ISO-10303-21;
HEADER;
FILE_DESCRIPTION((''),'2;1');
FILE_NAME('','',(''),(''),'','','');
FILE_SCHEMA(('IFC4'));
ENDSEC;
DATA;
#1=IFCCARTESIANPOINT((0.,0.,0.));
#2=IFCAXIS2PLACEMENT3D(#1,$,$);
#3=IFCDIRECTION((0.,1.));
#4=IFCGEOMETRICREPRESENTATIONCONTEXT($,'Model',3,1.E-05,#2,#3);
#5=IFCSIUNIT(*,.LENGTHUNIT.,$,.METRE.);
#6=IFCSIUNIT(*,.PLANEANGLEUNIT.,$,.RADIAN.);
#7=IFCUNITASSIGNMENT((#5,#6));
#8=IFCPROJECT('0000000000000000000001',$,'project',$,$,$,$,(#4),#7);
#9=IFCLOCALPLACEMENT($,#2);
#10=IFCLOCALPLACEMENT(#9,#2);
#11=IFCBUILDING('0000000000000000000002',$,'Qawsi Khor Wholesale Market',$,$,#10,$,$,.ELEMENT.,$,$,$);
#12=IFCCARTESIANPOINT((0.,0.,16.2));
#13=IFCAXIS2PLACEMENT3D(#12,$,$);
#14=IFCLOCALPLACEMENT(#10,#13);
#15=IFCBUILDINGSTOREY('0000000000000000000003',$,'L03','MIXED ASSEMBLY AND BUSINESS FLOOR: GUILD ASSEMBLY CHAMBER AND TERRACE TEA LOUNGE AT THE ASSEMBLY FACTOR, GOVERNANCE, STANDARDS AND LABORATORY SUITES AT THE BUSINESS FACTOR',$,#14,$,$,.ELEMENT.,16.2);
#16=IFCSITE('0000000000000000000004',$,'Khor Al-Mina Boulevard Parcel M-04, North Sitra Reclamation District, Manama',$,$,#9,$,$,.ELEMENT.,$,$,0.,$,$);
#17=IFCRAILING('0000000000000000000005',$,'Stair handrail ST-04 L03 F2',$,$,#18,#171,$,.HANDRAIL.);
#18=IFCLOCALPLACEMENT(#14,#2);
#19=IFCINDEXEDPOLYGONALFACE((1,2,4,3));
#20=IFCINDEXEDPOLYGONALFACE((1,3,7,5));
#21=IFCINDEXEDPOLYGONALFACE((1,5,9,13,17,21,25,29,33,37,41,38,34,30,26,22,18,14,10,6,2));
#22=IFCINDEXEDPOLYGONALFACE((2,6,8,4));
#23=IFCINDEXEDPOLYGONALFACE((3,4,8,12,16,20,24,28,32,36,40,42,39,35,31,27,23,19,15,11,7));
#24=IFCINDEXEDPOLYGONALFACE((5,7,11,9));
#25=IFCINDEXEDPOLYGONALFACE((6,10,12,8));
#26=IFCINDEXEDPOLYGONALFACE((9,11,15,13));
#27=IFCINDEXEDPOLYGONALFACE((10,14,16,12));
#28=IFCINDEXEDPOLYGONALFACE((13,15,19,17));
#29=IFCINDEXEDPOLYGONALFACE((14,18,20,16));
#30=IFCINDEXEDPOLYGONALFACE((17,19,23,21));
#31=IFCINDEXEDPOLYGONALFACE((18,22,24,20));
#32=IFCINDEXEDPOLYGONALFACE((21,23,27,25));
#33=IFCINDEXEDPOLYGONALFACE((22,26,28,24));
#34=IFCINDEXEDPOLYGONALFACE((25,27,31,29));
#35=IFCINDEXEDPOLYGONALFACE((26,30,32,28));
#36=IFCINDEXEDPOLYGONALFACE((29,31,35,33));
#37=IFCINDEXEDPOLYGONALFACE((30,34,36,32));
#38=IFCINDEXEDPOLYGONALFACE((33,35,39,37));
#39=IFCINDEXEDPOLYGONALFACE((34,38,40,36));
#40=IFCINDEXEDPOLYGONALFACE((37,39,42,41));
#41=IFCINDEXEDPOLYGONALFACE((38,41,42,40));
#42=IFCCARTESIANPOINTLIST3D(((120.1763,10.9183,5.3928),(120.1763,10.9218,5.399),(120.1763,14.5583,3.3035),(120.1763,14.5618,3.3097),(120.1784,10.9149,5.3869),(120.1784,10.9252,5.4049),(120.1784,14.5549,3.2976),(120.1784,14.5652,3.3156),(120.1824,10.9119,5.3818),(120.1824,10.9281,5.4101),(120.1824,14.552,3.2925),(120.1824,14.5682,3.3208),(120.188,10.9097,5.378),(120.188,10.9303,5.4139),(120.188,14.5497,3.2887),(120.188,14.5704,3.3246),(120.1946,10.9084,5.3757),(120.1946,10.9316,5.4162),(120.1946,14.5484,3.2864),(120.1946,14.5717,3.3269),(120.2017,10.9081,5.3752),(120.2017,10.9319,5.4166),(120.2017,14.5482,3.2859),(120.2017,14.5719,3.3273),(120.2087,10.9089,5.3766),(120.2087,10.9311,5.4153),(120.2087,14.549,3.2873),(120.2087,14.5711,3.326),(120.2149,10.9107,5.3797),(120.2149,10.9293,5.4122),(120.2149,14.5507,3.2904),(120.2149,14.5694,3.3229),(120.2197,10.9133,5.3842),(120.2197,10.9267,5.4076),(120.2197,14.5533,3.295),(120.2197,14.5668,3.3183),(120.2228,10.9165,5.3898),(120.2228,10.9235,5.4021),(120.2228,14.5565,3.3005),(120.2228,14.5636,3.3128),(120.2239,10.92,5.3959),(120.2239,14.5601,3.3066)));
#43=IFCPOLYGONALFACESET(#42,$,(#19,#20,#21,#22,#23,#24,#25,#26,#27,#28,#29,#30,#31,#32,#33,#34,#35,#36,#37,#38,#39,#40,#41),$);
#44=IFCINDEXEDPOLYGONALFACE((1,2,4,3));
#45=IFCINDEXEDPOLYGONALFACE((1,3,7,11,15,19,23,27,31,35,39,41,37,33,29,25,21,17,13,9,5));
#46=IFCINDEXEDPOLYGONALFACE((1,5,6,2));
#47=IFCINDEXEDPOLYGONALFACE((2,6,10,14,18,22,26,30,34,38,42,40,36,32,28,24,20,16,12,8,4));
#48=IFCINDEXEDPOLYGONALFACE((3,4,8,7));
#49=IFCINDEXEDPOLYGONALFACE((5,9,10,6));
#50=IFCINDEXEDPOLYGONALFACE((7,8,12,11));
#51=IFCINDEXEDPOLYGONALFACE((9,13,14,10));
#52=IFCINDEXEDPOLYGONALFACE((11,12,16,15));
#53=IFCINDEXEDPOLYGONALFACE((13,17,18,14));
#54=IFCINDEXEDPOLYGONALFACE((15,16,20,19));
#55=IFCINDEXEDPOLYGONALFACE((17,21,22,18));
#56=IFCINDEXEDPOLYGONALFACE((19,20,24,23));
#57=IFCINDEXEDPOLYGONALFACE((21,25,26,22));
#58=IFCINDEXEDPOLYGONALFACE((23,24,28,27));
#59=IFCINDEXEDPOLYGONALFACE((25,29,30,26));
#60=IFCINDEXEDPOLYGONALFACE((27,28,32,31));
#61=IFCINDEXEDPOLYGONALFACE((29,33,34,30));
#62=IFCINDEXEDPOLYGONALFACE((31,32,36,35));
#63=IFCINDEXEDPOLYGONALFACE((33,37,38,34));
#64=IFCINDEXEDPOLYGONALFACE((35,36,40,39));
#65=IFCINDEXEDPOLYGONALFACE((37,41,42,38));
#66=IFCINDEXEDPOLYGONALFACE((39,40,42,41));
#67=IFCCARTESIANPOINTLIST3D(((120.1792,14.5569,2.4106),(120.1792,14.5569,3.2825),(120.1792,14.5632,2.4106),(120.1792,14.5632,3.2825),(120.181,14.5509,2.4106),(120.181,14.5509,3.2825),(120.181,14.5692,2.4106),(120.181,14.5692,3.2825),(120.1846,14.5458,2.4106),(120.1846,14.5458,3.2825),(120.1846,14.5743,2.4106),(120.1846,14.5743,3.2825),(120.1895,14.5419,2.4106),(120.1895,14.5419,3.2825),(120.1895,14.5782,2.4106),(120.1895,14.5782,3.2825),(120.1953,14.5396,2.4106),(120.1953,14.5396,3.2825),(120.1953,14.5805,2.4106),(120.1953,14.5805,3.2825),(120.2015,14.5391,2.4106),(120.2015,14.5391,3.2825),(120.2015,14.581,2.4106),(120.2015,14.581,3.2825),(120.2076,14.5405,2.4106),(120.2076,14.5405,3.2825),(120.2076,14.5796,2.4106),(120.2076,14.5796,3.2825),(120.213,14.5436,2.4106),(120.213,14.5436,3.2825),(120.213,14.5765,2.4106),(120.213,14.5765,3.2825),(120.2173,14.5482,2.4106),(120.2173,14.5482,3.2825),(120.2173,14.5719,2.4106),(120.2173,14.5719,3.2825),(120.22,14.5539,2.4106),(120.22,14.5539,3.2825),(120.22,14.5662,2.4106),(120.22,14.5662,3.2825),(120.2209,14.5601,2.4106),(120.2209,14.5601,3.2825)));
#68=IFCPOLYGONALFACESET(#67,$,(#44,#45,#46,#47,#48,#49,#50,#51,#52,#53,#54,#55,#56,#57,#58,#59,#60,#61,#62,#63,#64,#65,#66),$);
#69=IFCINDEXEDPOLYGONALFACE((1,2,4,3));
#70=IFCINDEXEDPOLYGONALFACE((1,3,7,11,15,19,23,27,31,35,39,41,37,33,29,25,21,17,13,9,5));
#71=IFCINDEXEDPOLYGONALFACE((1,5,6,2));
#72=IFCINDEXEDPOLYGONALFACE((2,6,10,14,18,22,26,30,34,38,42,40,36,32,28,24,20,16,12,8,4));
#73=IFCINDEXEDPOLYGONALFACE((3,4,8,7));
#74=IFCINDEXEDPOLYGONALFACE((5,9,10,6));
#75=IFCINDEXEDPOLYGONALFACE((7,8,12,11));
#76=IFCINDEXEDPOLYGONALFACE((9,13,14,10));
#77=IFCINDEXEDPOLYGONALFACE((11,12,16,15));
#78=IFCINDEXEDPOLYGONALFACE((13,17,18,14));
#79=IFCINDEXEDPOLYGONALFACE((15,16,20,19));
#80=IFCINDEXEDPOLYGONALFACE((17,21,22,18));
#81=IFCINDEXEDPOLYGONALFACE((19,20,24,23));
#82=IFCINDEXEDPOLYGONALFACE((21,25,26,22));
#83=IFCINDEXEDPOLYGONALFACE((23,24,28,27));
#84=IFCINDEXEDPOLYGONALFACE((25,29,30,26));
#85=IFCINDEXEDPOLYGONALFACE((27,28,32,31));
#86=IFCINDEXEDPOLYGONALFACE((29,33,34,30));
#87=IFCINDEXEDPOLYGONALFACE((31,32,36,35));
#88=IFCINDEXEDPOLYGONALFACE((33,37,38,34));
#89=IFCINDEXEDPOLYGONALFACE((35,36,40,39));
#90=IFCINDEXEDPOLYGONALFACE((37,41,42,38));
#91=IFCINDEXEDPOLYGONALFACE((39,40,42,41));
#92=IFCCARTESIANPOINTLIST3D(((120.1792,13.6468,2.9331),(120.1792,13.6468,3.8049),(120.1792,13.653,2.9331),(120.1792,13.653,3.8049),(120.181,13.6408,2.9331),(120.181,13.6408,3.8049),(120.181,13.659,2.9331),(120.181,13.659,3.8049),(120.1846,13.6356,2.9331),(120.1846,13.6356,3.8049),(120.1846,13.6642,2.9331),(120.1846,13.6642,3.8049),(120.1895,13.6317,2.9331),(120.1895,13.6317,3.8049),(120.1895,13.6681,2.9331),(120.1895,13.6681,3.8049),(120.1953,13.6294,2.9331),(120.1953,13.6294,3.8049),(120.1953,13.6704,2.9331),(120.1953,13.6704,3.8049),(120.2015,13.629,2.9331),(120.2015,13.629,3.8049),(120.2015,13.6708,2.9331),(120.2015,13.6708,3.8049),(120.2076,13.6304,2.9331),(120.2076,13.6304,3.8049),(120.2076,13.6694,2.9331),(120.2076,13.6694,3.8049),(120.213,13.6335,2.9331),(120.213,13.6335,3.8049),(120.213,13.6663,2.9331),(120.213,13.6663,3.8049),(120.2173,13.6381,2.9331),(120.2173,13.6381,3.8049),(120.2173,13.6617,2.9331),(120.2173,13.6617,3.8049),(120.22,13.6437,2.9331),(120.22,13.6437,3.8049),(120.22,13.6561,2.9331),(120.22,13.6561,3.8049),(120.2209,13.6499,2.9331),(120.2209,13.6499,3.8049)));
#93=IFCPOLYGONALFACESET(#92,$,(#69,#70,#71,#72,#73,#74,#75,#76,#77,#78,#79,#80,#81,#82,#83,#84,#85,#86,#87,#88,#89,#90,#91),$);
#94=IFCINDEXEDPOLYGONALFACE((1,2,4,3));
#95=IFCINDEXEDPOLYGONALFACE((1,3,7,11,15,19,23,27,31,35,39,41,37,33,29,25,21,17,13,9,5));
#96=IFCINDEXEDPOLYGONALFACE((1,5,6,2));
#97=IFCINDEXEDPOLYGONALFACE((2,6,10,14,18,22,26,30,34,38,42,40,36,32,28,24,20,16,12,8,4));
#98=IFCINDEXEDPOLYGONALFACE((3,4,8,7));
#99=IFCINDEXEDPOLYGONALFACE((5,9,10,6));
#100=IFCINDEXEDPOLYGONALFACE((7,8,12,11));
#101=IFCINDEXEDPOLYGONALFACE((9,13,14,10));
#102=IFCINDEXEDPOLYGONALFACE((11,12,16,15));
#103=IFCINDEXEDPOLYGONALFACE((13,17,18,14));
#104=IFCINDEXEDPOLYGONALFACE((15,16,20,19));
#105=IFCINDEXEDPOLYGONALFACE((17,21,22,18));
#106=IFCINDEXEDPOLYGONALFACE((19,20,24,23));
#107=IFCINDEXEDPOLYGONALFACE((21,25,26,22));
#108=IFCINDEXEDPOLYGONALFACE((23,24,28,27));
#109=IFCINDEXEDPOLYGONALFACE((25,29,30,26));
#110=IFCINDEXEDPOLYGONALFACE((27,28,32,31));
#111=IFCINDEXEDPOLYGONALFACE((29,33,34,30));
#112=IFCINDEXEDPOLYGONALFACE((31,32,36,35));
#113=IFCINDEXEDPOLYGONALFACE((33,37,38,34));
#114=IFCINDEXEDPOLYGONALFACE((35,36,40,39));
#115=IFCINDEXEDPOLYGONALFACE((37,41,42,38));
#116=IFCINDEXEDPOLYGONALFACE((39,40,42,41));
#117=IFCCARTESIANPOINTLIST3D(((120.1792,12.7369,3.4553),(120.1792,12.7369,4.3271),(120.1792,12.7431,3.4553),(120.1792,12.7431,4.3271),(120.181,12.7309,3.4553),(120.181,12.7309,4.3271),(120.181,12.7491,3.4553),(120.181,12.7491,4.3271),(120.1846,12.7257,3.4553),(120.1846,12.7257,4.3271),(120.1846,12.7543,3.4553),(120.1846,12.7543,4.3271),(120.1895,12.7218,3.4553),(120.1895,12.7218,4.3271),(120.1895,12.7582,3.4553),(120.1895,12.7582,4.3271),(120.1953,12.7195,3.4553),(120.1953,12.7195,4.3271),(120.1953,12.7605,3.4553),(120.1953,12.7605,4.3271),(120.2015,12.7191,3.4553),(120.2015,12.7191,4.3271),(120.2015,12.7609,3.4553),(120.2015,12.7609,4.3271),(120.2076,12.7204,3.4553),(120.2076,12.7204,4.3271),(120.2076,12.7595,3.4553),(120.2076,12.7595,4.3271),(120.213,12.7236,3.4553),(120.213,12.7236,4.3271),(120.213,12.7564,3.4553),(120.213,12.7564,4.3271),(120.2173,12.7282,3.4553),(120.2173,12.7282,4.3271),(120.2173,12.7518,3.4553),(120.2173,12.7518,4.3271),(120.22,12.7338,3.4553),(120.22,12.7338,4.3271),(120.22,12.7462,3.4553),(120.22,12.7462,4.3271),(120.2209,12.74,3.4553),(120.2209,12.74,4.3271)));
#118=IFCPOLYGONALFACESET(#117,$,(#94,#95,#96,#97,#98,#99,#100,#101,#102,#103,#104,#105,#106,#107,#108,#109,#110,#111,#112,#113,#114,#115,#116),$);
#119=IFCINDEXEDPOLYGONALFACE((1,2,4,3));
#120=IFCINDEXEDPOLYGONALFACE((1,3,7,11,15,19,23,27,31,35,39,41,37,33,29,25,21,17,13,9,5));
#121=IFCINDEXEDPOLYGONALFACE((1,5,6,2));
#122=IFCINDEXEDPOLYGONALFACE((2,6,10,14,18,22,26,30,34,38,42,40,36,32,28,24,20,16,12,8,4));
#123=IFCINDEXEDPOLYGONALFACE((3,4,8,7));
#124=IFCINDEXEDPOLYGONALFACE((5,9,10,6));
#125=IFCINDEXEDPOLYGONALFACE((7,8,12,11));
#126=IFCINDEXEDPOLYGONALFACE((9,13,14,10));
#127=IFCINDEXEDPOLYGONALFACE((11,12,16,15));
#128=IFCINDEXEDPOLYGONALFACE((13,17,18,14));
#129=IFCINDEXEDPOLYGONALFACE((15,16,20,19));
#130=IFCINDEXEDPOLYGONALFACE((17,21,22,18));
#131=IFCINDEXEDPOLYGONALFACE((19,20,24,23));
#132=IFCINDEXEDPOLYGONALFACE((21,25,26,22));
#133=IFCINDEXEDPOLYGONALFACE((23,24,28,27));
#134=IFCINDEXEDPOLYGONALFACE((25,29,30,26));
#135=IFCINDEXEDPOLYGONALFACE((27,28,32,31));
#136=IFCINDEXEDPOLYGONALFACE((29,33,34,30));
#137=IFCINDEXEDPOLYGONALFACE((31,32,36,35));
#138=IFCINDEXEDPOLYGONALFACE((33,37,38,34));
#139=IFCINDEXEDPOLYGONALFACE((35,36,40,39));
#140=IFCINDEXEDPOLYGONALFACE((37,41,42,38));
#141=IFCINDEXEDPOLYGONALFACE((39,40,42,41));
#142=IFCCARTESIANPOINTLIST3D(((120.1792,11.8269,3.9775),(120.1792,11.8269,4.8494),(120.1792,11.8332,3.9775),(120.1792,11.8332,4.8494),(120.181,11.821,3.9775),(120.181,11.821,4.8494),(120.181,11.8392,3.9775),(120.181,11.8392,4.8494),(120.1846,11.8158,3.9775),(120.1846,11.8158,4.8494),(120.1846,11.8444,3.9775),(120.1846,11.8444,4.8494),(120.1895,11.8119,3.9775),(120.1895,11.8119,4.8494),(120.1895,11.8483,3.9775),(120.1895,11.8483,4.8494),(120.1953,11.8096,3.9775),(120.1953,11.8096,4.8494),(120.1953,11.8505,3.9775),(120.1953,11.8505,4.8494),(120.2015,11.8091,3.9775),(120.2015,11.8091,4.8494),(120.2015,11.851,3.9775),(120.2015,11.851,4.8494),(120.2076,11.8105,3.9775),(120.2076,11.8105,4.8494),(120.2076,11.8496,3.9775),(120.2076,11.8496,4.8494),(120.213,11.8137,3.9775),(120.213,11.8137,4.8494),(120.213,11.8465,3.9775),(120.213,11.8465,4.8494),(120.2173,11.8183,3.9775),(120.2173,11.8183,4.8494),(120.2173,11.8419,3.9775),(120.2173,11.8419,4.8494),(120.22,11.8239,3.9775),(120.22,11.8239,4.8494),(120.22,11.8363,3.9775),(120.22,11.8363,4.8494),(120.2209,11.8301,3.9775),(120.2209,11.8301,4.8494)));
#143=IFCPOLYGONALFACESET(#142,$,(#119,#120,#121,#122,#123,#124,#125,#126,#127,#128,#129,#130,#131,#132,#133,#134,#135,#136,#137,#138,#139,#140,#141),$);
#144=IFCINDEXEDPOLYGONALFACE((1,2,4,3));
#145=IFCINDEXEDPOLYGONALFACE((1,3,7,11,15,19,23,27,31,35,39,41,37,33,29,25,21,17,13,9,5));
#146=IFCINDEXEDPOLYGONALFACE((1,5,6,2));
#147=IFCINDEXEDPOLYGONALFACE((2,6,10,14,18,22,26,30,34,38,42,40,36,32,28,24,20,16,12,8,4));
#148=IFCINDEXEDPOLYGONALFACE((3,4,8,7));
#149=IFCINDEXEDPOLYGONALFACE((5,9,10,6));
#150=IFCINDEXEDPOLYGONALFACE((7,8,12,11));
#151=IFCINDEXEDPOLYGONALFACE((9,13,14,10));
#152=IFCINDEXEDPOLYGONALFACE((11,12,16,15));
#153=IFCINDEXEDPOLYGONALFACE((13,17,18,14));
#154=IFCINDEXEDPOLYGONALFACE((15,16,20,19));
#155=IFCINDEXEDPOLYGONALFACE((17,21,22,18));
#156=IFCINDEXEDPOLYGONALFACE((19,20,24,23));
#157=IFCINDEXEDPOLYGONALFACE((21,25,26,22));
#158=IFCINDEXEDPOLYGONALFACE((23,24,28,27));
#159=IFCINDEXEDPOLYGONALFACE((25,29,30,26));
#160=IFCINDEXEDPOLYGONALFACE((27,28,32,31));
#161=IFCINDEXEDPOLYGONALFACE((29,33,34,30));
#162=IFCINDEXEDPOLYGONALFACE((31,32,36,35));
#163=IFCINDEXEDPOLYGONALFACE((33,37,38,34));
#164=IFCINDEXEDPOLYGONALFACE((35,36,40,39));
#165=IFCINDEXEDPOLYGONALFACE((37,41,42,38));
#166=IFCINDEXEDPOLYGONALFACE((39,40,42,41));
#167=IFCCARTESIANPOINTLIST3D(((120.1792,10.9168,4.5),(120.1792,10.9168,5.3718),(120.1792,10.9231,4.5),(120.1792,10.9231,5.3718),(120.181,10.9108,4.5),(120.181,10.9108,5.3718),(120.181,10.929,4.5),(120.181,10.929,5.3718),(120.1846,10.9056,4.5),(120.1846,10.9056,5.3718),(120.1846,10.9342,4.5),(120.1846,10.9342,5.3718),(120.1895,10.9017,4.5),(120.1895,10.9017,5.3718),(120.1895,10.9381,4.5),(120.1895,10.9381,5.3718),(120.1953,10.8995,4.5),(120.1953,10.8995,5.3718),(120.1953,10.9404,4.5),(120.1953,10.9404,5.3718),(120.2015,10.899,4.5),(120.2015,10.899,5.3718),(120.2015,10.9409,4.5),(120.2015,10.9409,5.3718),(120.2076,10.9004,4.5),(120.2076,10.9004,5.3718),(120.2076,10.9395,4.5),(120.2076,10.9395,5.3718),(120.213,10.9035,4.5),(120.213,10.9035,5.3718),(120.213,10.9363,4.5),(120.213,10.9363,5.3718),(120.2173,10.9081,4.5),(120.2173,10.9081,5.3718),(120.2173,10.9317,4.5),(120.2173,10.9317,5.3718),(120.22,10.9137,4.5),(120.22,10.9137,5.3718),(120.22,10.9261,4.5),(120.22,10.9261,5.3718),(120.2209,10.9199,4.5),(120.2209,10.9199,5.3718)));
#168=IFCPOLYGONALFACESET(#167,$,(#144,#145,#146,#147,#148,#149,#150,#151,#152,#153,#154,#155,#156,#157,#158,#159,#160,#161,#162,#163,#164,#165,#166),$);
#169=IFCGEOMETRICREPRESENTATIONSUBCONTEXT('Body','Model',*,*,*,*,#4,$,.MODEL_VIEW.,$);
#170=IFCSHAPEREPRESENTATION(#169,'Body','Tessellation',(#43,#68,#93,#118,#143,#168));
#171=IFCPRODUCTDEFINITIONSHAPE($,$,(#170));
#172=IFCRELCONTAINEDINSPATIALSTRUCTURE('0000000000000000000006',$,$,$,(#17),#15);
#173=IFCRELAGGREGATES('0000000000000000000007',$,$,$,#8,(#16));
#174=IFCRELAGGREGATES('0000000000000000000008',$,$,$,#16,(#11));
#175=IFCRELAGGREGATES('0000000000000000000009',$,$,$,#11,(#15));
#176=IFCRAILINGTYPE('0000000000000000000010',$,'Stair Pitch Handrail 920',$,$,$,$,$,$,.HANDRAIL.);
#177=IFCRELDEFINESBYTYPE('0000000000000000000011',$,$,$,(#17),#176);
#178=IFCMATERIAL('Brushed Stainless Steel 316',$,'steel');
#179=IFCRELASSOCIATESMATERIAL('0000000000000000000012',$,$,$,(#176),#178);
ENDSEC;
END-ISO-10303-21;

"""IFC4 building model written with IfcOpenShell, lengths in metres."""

from ifc_helpers import new_model, si_unit, direction, frame, origin, origin_2d, place, context, subcontext, project, spatial, circle, extrude, material, type_object, element, save


model = new_model("IFC4")

# Units and contexts
model_context = context("Model", 3, precision=1e-05, world=origin(), true_north=direction((0.0, 1.0)))
body_context = subcontext(model_context, "Body", "Model", "MODEL_VIEW")
ifc_project = project(units=[si_unit("LENGTHUNIT", "METRE"), si_unit("PLANEANGLEUNIT", "RADIAN")], contexts=[model_context])

# Site, building, storey
site_placement = place(None, origin())
site = spatial("IfcSite", under=ifc_project, at=site_placement, Name="Khor Al-Mina Boulevard Parcel M-04, North Sitra Reclamation District, Manama", CompositionType="ELEMENT", RefElevation=0.0)
building_placement = place(site_placement, origin())
building = spatial("IfcBuilding", under=site, at=building_placement, Name="Qawsi Khor Wholesale Market", CompositionType="ELEMENT")
storey_placement = place(building_placement, frame((0.0, 0.0, 16.2)))
storey = spatial("IfcBuildingStorey", under=building, at=storey_placement, Name="L03", Description="MIXED ASSEMBLY AND BUSINESS FLOOR: GUILD ASSEMBLY CHAMBER AND TERRACE TEA LOUNGE AT THE ASSEMBLY FACTOR, GOVERNANCE, STANDARDS AND LABORATORY SUITES AT THE BUSINESS FACTOR", CompositionType="ELEMENT", Elevation=16.2)

# Railing
ifc_material_1 = material(Name="Brushed Stainless Steel 316", Category="steel")
railing_type_1 = type_object("IfcRailingType", Name="Stair Pitch Handrail 920", PredefinedType="HANDRAIL", material=ifc_material_1)
railing_1_placement = place(storey_placement, frame((120.2, 14.5601, 2.4106)))
element("IfcRailing", 1, at=railing_1_placement, inside=storey, type_object=railing_type_1, Name="Stair handrail ST-04 L03 F2", PredefinedType="HANDRAIL", context=body_context, shape_type="SweptSolid", body=[
    extrude(circle(Radius=0.0239, at=origin_2d()), frame((0.0, 0.0, 0.896), z_axis=(0.0, -0.867289, 0.497804), x_axis=(1.0, 0.0, 0.0)), (0.0, 0.0, 1.0), 4.197),
    extrude(circle(Radius=0.021, at=origin_2d()), origin(), (0.0, 0.0, 1.0), 0.8718),
    extrude(circle(Radius=0.021, at=origin_2d()), frame((0.0, -0.9102, 0.5225)), (0.0, 0.0, 1.0), 0.8718),
    extrude(circle(Radius=0.021, at=origin_2d()), frame((0.0, -1.8201, 1.0447)), (0.0, 0.0, 1.0), 0.8718),
    extrude(circle(Radius=0.021, at=origin_2d()), frame((0.0, -2.73, 1.5669)), (0.0, 0.0, 1.0), 0.8718),
    extrude(circle(Radius=0.021, at=origin_2d()), frame((0.0, -3.6401, 2.0894)), (0.0, 0.0, 1.0), 0.8718),
])

save(model, "model.ifc")
